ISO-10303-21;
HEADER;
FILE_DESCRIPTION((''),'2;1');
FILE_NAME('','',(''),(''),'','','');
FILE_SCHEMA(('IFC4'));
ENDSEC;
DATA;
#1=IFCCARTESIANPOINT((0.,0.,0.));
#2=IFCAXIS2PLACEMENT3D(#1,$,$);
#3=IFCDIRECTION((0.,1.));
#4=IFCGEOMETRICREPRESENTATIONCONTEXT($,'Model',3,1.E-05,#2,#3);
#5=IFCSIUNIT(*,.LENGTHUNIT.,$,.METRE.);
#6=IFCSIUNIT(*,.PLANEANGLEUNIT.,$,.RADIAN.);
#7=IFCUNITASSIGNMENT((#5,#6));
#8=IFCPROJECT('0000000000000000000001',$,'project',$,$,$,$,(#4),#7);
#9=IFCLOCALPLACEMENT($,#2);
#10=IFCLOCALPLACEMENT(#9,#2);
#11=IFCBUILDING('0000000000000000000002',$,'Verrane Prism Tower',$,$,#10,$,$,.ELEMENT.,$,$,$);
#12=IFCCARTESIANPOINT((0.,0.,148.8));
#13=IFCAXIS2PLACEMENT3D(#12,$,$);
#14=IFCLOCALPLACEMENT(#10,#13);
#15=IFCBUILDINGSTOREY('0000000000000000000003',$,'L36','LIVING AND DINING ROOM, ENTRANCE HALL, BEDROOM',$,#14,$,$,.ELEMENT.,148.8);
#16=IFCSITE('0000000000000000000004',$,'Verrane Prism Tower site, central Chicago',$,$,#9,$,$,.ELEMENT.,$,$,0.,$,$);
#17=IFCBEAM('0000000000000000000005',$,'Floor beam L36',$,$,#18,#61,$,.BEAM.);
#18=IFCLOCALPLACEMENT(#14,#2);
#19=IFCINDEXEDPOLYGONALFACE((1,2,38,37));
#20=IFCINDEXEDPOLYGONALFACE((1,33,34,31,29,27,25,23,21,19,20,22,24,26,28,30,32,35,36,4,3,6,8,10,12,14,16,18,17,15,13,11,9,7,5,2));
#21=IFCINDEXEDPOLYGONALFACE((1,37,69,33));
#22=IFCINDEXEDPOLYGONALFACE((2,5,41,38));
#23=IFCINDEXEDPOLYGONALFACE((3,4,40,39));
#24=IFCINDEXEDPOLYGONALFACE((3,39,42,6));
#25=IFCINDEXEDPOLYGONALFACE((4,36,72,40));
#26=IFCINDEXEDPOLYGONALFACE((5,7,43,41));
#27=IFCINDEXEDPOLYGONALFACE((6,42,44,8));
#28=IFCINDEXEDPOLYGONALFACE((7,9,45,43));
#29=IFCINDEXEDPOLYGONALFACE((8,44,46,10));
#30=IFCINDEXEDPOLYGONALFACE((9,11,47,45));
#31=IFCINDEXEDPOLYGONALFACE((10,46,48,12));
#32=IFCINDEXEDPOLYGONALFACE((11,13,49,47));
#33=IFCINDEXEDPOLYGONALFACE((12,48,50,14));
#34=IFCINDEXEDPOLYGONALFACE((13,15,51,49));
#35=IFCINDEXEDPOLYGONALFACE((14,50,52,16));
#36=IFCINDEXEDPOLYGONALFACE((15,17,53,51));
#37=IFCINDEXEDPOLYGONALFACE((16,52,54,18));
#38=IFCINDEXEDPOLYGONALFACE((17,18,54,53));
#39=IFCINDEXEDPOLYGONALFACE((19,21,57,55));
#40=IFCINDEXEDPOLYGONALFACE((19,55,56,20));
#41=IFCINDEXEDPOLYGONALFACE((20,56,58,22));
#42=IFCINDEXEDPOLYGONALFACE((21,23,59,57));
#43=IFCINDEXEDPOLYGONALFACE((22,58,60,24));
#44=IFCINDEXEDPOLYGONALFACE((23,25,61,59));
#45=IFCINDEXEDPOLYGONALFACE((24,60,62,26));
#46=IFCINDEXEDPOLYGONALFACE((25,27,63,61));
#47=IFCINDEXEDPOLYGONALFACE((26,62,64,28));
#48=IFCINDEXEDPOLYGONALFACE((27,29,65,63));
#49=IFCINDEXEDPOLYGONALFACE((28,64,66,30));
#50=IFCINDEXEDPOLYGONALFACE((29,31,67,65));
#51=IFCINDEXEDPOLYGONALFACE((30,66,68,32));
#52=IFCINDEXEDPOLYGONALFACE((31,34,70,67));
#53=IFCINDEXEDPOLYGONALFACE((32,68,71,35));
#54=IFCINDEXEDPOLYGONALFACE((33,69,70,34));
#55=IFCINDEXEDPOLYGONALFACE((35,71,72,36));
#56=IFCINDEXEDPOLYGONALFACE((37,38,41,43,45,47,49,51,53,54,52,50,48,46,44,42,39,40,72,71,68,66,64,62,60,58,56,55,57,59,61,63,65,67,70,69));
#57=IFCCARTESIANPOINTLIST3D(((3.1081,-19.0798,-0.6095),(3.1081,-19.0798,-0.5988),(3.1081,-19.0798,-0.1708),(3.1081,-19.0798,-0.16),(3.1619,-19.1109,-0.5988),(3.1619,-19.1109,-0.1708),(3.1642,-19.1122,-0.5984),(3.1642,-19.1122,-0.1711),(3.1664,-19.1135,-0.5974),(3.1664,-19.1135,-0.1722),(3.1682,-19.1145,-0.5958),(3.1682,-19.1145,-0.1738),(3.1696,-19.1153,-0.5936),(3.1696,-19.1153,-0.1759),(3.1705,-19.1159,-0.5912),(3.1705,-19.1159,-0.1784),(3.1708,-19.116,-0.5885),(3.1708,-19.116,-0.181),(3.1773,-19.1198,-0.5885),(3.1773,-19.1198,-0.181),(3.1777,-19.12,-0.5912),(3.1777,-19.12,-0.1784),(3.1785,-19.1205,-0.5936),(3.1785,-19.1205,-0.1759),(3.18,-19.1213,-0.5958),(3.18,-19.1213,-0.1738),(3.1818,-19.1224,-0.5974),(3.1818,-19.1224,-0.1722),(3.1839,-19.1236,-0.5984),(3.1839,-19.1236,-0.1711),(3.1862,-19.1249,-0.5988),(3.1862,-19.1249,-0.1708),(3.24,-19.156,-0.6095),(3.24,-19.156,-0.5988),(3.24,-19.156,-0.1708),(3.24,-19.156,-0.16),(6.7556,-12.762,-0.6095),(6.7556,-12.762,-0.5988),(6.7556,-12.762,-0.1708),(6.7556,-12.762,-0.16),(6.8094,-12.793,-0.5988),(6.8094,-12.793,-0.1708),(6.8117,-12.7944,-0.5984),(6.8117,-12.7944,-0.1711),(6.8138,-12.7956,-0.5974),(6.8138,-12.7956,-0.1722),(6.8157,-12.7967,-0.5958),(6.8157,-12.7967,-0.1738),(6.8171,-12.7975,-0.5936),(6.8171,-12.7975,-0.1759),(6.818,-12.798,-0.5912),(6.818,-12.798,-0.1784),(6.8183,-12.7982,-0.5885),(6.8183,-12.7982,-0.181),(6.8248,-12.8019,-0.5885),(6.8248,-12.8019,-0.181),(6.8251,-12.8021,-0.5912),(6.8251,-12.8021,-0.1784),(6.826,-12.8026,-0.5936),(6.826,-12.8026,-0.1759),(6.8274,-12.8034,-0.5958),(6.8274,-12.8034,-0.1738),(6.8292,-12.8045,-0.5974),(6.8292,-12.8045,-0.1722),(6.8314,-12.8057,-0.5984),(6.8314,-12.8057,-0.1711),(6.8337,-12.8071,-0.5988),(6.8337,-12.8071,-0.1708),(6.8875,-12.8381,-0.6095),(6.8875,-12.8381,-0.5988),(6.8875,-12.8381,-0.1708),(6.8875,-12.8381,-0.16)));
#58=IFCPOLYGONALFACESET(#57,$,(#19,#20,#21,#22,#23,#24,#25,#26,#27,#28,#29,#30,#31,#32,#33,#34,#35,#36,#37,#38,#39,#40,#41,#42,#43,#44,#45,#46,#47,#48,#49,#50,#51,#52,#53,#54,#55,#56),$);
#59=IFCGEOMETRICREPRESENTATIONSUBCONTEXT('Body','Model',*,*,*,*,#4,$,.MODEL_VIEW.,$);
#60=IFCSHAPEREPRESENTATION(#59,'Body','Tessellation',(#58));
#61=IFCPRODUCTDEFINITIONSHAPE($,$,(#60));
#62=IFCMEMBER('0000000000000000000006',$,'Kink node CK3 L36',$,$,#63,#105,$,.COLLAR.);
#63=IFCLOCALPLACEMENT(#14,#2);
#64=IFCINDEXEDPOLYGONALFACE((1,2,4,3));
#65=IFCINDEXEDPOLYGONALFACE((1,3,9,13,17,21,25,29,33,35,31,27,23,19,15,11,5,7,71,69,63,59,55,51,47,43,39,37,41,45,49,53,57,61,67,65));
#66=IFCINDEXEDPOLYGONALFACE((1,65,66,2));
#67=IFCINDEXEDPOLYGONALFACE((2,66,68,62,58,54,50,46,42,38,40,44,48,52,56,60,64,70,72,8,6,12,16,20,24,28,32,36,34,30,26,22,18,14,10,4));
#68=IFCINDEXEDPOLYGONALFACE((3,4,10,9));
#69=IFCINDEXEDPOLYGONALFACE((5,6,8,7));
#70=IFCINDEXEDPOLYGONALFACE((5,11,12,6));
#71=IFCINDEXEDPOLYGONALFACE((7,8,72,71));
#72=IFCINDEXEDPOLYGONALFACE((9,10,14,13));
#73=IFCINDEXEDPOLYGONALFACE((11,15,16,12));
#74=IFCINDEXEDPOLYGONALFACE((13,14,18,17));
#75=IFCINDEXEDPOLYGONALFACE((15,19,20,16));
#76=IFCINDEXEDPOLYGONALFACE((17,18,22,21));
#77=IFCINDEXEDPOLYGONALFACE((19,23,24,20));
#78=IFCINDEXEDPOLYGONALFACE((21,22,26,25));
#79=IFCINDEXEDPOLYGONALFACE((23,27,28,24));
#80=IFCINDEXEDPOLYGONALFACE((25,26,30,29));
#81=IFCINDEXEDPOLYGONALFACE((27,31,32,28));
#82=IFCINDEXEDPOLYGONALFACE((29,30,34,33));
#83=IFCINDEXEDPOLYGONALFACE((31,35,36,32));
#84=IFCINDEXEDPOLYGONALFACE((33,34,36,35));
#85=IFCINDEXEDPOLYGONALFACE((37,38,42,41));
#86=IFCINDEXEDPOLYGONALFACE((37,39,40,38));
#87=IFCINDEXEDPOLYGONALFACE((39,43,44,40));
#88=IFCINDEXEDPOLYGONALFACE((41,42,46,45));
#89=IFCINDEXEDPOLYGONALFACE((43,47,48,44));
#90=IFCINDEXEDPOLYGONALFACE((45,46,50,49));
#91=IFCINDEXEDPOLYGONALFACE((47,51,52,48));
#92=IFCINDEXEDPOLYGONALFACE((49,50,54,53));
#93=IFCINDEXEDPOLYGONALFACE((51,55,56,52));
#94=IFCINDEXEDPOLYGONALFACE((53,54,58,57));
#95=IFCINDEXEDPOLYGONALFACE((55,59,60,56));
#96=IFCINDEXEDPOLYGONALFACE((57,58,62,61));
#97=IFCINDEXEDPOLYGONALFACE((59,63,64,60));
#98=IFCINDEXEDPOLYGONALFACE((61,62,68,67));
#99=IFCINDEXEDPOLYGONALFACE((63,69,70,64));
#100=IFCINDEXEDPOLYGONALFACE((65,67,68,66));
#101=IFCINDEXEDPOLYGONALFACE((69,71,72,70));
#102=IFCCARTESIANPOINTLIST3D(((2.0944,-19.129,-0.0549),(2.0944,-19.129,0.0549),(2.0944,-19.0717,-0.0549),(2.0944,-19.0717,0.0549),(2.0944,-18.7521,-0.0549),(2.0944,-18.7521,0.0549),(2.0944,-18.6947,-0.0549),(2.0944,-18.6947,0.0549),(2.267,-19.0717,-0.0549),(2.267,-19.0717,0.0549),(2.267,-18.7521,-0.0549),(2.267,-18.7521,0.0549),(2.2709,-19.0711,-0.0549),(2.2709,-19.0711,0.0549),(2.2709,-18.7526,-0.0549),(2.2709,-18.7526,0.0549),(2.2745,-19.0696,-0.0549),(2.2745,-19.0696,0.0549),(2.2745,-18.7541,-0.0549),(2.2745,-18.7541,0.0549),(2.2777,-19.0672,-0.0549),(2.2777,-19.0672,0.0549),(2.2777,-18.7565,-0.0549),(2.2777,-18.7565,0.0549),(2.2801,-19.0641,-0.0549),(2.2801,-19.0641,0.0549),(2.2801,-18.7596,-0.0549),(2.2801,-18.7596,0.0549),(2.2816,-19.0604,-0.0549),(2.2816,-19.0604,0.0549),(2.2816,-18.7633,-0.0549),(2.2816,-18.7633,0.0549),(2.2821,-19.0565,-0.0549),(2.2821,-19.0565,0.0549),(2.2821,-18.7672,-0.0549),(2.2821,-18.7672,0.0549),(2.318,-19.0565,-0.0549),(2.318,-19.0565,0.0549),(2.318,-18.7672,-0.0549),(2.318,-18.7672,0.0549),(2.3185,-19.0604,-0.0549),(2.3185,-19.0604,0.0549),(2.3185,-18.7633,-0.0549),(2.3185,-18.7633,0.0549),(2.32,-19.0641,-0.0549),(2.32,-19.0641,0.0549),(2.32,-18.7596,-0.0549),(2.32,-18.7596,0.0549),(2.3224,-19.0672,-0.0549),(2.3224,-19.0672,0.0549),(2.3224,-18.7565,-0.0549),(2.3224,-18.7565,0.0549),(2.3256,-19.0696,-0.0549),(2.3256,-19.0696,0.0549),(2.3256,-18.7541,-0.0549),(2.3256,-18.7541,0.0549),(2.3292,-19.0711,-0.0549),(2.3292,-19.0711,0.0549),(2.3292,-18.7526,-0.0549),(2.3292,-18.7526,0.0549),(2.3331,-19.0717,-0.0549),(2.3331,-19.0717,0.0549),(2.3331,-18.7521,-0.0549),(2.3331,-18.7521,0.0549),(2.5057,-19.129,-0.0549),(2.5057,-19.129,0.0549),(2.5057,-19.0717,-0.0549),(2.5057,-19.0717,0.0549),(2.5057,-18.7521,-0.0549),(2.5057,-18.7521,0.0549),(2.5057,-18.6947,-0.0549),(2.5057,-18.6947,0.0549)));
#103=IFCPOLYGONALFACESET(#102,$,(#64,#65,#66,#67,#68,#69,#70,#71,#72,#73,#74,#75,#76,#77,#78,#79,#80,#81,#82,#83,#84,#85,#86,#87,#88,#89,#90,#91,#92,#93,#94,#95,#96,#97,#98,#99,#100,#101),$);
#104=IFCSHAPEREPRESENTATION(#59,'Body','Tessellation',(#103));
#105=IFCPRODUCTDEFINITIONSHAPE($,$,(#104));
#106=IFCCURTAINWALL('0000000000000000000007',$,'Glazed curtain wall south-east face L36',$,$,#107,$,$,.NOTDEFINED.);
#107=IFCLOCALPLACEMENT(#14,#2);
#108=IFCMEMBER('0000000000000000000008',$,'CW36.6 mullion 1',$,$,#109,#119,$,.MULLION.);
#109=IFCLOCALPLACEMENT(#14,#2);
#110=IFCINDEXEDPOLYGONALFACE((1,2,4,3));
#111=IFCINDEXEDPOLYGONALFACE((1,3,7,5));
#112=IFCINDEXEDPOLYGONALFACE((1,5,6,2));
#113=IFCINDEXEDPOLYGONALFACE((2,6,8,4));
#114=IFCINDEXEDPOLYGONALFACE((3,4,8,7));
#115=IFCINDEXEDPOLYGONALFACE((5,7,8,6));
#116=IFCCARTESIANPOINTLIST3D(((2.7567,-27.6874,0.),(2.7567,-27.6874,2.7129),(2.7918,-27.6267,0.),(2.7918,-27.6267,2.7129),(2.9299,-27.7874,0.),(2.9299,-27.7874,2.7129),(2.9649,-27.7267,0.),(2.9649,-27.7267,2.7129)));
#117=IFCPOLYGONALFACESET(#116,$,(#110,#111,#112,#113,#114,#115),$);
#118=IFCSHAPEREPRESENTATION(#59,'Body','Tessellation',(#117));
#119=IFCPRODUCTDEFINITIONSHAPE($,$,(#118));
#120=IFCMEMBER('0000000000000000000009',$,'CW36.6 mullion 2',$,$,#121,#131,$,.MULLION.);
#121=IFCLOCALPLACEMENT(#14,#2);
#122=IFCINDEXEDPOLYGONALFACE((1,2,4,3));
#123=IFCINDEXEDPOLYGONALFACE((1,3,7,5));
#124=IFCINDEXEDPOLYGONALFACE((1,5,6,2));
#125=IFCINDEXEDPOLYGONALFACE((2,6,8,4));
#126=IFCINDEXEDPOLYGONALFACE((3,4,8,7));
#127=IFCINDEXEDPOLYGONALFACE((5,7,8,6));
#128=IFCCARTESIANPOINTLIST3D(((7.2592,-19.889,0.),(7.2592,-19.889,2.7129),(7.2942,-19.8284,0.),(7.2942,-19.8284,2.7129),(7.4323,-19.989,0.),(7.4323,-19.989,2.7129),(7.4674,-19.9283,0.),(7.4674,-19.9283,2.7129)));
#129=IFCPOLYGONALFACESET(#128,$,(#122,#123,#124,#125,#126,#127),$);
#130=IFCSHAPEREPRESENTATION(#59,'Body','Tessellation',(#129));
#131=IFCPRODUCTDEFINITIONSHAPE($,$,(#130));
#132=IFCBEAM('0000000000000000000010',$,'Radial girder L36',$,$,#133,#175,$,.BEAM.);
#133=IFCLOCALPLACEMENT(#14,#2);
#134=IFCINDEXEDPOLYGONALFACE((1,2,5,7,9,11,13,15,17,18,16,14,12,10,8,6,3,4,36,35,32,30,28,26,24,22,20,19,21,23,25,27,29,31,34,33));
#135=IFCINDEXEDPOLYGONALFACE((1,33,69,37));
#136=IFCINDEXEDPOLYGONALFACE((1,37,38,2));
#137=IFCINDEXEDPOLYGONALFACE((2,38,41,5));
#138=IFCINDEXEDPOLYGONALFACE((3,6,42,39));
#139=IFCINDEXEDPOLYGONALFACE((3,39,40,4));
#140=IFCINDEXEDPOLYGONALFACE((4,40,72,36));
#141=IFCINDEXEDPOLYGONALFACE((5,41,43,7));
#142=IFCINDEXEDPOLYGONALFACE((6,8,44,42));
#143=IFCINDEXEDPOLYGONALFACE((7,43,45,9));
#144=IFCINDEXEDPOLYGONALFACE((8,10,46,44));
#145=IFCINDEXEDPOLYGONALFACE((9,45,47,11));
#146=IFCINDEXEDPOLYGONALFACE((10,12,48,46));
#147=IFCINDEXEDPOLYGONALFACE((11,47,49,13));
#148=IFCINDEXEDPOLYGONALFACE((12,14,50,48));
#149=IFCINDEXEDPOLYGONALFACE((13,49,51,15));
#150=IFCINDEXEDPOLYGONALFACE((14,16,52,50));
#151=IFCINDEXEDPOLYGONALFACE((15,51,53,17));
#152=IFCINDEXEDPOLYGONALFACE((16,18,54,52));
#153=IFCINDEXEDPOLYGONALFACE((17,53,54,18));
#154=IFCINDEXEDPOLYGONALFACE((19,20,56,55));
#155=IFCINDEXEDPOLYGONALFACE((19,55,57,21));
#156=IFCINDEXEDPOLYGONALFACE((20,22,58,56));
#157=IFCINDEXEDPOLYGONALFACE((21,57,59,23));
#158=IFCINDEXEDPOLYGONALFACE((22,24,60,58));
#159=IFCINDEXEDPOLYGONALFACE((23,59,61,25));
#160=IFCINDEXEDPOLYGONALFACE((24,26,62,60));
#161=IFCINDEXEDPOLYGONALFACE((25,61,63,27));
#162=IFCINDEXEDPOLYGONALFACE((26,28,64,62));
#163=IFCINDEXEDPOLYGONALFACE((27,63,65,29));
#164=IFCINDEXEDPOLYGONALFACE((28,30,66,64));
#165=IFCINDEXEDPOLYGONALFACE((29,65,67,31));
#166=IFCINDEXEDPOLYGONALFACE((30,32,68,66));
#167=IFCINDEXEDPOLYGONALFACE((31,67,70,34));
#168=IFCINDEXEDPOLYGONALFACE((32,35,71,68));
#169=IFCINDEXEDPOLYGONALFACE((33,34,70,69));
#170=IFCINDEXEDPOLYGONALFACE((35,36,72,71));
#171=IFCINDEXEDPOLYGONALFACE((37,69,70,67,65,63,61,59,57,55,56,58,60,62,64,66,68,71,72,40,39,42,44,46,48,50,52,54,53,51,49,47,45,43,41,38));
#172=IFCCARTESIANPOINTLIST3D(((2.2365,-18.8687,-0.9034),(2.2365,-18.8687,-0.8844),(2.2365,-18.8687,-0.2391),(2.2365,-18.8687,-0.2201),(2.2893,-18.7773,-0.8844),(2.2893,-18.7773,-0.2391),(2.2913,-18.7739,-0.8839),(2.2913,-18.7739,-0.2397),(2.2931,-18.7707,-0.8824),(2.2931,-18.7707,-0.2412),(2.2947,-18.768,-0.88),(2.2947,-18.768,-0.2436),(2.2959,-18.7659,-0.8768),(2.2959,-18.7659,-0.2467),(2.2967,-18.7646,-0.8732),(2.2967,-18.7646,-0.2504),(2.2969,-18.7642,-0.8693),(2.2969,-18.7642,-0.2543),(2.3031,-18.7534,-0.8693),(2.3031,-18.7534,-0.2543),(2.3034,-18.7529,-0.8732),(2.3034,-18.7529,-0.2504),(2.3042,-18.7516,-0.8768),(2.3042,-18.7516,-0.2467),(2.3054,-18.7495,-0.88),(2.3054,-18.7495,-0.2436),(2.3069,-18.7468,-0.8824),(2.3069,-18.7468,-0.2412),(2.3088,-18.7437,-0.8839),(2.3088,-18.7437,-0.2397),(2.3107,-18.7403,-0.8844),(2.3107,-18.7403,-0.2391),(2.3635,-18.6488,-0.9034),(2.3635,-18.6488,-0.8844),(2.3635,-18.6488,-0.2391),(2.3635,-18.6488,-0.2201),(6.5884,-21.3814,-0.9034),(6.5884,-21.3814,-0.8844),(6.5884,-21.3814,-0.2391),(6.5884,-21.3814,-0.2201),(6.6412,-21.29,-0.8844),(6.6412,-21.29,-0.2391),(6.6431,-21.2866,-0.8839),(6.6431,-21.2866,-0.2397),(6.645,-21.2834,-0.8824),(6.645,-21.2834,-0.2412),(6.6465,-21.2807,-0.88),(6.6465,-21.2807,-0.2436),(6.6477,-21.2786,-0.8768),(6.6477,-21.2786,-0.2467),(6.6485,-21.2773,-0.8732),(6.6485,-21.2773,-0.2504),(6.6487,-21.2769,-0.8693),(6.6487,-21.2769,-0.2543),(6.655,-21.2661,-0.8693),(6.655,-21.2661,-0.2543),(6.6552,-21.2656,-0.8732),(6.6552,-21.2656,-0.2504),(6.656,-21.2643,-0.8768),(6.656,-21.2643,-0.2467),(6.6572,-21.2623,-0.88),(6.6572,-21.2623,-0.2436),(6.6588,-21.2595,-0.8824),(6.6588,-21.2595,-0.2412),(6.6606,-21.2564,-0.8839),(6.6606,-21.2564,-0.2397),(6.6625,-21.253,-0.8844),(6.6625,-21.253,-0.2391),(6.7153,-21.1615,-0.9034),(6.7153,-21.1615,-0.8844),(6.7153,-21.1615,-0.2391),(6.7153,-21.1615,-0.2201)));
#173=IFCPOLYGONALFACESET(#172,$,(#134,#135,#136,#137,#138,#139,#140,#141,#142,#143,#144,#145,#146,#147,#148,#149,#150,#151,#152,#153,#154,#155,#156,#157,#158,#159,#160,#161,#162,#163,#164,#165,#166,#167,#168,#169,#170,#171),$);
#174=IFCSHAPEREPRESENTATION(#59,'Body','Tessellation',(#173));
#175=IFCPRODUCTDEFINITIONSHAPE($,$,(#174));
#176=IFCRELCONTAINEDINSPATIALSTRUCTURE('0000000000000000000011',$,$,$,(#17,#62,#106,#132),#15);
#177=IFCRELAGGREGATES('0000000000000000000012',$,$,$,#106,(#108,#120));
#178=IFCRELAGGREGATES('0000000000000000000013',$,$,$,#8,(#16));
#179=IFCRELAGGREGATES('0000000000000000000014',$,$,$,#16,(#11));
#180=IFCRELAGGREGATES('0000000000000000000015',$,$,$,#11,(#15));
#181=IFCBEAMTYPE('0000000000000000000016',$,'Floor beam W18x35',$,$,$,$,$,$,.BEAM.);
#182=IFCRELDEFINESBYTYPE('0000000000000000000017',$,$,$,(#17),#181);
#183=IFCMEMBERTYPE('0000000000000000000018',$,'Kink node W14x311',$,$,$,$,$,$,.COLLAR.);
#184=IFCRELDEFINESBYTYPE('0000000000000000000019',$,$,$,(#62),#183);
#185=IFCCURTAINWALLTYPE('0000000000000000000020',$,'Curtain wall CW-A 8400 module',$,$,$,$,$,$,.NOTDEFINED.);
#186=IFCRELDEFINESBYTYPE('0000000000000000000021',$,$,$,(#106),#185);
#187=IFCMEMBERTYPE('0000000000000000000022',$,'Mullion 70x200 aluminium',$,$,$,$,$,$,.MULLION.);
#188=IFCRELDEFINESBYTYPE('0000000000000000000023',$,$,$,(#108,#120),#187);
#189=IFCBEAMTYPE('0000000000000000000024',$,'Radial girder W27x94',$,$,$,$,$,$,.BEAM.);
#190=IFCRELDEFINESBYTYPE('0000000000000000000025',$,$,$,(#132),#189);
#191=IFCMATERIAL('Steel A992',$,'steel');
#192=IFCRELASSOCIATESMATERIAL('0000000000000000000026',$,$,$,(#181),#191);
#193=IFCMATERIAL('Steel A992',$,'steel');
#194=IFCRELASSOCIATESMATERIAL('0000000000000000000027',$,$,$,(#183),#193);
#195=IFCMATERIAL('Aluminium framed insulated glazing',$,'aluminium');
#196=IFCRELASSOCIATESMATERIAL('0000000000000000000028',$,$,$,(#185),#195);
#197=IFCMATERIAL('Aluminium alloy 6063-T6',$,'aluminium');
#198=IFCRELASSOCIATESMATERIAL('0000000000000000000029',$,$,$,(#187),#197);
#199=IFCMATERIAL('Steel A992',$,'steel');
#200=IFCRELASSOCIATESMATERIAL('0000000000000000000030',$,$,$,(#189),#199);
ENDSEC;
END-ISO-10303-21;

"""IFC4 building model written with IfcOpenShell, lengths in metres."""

from ifc_helpers import new_model, si_unit, direction, frame, origin, origin_2d, place, context, subcontext, project, spatial, rectangle, i_section, extrude, material, material_profile, profile_set, type_object, element, aggregate, save


model = new_model("IFC4")

# Units and contexts
model_context = context("Model", 3, precision=1e-05, world=origin(), true_north=direction((0.0, 1.0)))
body_context = subcontext(model_context, "Body", "Model", "MODEL_VIEW")
ifc_project = project(units=[si_unit("LENGTHUNIT", "METRE"), si_unit("PLANEANGLEUNIT", "RADIAN")], contexts=[model_context])

# Site, building, storey
site_placement = place(None, origin())
site = spatial("IfcSite", under=ifc_project, at=site_placement, Name="Verrane Prism Tower site, central Chicago", CompositionType="ELEMENT", RefElevation=0.0)
building_placement = place(site_placement, origin())
building = spatial("IfcBuilding", under=site, at=building_placement, Name="Verrane Prism Tower", CompositionType="ELEMENT")
storey_placement = place(building_placement, frame((0.0, 0.0, 148.8)))
storey = spatial("IfcBuildingStorey", under=building, at=storey_placement, Name="L36", Description="LIVING AND DINING ROOM, ENTRANCE HALL, BEDROOM", CompositionType="ELEMENT", Elevation=148.8)

# Beam
ifc_material_1 = material(Name="Steel A992", Category="steel")
ifc_material_profile_1 = material_profile(ifc_material_1, i_section(OverallWidth=0.1523, OverallDepth=0.4495, WebThickness=0.0076, FlangeThickness=0.0107, FilletRadius=0.0103, at=origin_2d()), Name="W18x35")
ifc_profile_set_1 = profile_set([ifc_material_profile_1], Name="Steel A992")
beam_type_1 = type_object("IfcBeamType", Name="Floor beam W18x35", PredefinedType="BEAM", material=ifc_profile_set_1)
beam_1_placement = place(storey_placement, frame((3.1741, -19.1179, -0.3848), z_axis=(0.499983, 0.866035, 0.0), x_axis=(-0.866035, 0.499983, 0.0)))
element("IfcBeam", 1, at=beam_1_placement, inside=storey, type_object=beam_type_1, Name="Floor beam L36", PredefinedType="BEAM", context=body_context, shape_type="SweptSolid", body=[
    extrude(i_section(OverallWidth=0.1523, OverallDepth=0.4495, WebThickness=0.0076, FlangeThickness=0.0107, FilletRadius=0.0103, at=origin_2d()), origin(), (0.0, 0.0, 1.0), 7.2952),
])

# Member
ifc_material_2 = material(Name="Steel A992", Category="steel")
ifc_material_profile_2 = material_profile(ifc_material_2, i_section(OverallWidth=0.4114, OverallDepth=0.4343, WebThickness=0.0359, FlangeThickness=0.0574, FilletRadius=0.0151, at=origin_2d()), Name="W14x311")
ifc_profile_set_2 = profile_set([ifc_material_profile_2], Name="Steel A992")
member_type_1 = type_object("IfcMemberType", Name="Kink node W14x311", PredefinedType="COLLAR", material=ifc_profile_set_2)
member_1_placement = place(storey_placement, frame((2.3, -18.9119, -0.0549), z_axis=(0.0, 0.0, 1.0), x_axis=(-1.0, 0.0, 0.0)))
element("IfcMember", 2, at=member_1_placement, inside=storey, type_object=member_type_1, Name="Kink node CK3 L36", PredefinedType="COLLAR", context=body_context, shape_type="SweptSolid", body=[
    extrude(i_section(OverallWidth=0.4114, OverallDepth=0.4343, WebThickness=0.0359, FlangeThickness=0.0574, FilletRadius=0.0151, at=origin_2d()), origin(), (0.0, 0.0, 1.0), 0.1099),
])

# Curtain wall, members
ifc_material_3 = material(Name="Aluminium framed insulated glazing", Category="aluminium")
curtain_wall_type = type_object("IfcCurtainWallType", Name="Curtain wall CW-A 8400 module", PredefinedType="NOTDEFINED", material=ifc_material_3)
curtain_wall_1_placement = place(storey_placement, origin())
curtain_wall_1 = element("IfcCurtainWall", 3, at=curtain_wall_1_placement, inside=storey, type_object=curtain_wall_type, Name="Glazed curtain wall south-east face L36", PredefinedType="NOTDEFINED")
ifc_material_4 = material(Name="Aluminium alloy 6063-T6", Category="aluminium")
ifc_material_profile_3 = material_profile(ifc_material_4, rectangle(XDim=0.2, YDim=0.0701, at=origin_2d()), Name="Mullion 70x200 aluminium")
ifc_profile_set_3 = profile_set([ifc_material_profile_3], Name="Aluminium alloy 6063-T6")
member_type_2 = type_object("IfcMemberType", Name="Mullion 70x200 aluminium", PredefinedType="MULLION", material=ifc_profile_set_3)
member_2_placement = place(storey_placement, frame((2.8608, -27.707, 0.0), z_axis=(0.0, 0.0, 1.0), x_axis=(-0.866025, 0.500001, 0.0)))
member_2 = element("IfcMember", 4, at=member_2_placement, type_object=member_type_2, Name="CW36.6 mullion 1", PredefinedType="MULLION", context=body_context, shape_type="SweptSolid", body=[
    extrude(rectangle(XDim=0.2, YDim=0.0701, at=origin_2d()), origin(), (0.0, 0.0, 1.0), 2.7129),
])
member_3_placement = place(storey_placement, frame((7.3633, -19.9087, 0.0), z_axis=(0.0, 0.0, 1.0), x_axis=(-0.866025, 0.500001, 0.0)))
member_3 = element("IfcMember", 5, at=member_3_placement, type_object=member_type_2, Name="CW36.6 mullion 2", PredefinedType="MULLION", context=body_context, shape_type="SweptSolid", body=[
    extrude(rectangle(XDim=0.2, YDim=0.0701, at=origin_2d()), origin(), (0.0, 0.0, 1.0), 2.7129),
])

# Beam
ifc_material_5 = material(Name="Steel A992", Category="steel")
ifc_material_profile_4 = material_profile(ifc_material_5, i_section(OverallWidth=0.2539, OverallDepth=0.6833, WebThickness=0.0125, FlangeThickness=0.019, FilletRadius=0.0151, at=origin_2d()), Name="W27x94")
ifc_profile_set_4 = profile_set([ifc_material_profile_4], Name="Steel A992")
beam_type_2 = type_object("IfcBeamType", Name="Radial girder W27x94", PredefinedType="BEAM", material=ifc_profile_set_4)
beam_2_placement = place(storey_placement, frame((6.6519, -21.2715, -0.5618), z_axis=(-0.86601, 0.500027, 0.0), x_axis=(-0.500027, -0.86601, 0.0)))
element("IfcBeam", 6, at=beam_2_placement, inside=storey, type_object=beam_type_2, Name="Radial girder L36", PredefinedType="BEAM", context=body_context, shape_type="SweptSolid", body=[
    extrude(i_section(OverallWidth=0.2539, OverallDepth=0.6833, WebThickness=0.0125, FlangeThickness=0.019, FilletRadius=0.0151, at=origin_2d()), origin(), (0.0, 0.0, 1.0), 5.0251),
])

aggregate(curtain_wall_1, [member_2, member_3])

save(model, "model.ifc")
